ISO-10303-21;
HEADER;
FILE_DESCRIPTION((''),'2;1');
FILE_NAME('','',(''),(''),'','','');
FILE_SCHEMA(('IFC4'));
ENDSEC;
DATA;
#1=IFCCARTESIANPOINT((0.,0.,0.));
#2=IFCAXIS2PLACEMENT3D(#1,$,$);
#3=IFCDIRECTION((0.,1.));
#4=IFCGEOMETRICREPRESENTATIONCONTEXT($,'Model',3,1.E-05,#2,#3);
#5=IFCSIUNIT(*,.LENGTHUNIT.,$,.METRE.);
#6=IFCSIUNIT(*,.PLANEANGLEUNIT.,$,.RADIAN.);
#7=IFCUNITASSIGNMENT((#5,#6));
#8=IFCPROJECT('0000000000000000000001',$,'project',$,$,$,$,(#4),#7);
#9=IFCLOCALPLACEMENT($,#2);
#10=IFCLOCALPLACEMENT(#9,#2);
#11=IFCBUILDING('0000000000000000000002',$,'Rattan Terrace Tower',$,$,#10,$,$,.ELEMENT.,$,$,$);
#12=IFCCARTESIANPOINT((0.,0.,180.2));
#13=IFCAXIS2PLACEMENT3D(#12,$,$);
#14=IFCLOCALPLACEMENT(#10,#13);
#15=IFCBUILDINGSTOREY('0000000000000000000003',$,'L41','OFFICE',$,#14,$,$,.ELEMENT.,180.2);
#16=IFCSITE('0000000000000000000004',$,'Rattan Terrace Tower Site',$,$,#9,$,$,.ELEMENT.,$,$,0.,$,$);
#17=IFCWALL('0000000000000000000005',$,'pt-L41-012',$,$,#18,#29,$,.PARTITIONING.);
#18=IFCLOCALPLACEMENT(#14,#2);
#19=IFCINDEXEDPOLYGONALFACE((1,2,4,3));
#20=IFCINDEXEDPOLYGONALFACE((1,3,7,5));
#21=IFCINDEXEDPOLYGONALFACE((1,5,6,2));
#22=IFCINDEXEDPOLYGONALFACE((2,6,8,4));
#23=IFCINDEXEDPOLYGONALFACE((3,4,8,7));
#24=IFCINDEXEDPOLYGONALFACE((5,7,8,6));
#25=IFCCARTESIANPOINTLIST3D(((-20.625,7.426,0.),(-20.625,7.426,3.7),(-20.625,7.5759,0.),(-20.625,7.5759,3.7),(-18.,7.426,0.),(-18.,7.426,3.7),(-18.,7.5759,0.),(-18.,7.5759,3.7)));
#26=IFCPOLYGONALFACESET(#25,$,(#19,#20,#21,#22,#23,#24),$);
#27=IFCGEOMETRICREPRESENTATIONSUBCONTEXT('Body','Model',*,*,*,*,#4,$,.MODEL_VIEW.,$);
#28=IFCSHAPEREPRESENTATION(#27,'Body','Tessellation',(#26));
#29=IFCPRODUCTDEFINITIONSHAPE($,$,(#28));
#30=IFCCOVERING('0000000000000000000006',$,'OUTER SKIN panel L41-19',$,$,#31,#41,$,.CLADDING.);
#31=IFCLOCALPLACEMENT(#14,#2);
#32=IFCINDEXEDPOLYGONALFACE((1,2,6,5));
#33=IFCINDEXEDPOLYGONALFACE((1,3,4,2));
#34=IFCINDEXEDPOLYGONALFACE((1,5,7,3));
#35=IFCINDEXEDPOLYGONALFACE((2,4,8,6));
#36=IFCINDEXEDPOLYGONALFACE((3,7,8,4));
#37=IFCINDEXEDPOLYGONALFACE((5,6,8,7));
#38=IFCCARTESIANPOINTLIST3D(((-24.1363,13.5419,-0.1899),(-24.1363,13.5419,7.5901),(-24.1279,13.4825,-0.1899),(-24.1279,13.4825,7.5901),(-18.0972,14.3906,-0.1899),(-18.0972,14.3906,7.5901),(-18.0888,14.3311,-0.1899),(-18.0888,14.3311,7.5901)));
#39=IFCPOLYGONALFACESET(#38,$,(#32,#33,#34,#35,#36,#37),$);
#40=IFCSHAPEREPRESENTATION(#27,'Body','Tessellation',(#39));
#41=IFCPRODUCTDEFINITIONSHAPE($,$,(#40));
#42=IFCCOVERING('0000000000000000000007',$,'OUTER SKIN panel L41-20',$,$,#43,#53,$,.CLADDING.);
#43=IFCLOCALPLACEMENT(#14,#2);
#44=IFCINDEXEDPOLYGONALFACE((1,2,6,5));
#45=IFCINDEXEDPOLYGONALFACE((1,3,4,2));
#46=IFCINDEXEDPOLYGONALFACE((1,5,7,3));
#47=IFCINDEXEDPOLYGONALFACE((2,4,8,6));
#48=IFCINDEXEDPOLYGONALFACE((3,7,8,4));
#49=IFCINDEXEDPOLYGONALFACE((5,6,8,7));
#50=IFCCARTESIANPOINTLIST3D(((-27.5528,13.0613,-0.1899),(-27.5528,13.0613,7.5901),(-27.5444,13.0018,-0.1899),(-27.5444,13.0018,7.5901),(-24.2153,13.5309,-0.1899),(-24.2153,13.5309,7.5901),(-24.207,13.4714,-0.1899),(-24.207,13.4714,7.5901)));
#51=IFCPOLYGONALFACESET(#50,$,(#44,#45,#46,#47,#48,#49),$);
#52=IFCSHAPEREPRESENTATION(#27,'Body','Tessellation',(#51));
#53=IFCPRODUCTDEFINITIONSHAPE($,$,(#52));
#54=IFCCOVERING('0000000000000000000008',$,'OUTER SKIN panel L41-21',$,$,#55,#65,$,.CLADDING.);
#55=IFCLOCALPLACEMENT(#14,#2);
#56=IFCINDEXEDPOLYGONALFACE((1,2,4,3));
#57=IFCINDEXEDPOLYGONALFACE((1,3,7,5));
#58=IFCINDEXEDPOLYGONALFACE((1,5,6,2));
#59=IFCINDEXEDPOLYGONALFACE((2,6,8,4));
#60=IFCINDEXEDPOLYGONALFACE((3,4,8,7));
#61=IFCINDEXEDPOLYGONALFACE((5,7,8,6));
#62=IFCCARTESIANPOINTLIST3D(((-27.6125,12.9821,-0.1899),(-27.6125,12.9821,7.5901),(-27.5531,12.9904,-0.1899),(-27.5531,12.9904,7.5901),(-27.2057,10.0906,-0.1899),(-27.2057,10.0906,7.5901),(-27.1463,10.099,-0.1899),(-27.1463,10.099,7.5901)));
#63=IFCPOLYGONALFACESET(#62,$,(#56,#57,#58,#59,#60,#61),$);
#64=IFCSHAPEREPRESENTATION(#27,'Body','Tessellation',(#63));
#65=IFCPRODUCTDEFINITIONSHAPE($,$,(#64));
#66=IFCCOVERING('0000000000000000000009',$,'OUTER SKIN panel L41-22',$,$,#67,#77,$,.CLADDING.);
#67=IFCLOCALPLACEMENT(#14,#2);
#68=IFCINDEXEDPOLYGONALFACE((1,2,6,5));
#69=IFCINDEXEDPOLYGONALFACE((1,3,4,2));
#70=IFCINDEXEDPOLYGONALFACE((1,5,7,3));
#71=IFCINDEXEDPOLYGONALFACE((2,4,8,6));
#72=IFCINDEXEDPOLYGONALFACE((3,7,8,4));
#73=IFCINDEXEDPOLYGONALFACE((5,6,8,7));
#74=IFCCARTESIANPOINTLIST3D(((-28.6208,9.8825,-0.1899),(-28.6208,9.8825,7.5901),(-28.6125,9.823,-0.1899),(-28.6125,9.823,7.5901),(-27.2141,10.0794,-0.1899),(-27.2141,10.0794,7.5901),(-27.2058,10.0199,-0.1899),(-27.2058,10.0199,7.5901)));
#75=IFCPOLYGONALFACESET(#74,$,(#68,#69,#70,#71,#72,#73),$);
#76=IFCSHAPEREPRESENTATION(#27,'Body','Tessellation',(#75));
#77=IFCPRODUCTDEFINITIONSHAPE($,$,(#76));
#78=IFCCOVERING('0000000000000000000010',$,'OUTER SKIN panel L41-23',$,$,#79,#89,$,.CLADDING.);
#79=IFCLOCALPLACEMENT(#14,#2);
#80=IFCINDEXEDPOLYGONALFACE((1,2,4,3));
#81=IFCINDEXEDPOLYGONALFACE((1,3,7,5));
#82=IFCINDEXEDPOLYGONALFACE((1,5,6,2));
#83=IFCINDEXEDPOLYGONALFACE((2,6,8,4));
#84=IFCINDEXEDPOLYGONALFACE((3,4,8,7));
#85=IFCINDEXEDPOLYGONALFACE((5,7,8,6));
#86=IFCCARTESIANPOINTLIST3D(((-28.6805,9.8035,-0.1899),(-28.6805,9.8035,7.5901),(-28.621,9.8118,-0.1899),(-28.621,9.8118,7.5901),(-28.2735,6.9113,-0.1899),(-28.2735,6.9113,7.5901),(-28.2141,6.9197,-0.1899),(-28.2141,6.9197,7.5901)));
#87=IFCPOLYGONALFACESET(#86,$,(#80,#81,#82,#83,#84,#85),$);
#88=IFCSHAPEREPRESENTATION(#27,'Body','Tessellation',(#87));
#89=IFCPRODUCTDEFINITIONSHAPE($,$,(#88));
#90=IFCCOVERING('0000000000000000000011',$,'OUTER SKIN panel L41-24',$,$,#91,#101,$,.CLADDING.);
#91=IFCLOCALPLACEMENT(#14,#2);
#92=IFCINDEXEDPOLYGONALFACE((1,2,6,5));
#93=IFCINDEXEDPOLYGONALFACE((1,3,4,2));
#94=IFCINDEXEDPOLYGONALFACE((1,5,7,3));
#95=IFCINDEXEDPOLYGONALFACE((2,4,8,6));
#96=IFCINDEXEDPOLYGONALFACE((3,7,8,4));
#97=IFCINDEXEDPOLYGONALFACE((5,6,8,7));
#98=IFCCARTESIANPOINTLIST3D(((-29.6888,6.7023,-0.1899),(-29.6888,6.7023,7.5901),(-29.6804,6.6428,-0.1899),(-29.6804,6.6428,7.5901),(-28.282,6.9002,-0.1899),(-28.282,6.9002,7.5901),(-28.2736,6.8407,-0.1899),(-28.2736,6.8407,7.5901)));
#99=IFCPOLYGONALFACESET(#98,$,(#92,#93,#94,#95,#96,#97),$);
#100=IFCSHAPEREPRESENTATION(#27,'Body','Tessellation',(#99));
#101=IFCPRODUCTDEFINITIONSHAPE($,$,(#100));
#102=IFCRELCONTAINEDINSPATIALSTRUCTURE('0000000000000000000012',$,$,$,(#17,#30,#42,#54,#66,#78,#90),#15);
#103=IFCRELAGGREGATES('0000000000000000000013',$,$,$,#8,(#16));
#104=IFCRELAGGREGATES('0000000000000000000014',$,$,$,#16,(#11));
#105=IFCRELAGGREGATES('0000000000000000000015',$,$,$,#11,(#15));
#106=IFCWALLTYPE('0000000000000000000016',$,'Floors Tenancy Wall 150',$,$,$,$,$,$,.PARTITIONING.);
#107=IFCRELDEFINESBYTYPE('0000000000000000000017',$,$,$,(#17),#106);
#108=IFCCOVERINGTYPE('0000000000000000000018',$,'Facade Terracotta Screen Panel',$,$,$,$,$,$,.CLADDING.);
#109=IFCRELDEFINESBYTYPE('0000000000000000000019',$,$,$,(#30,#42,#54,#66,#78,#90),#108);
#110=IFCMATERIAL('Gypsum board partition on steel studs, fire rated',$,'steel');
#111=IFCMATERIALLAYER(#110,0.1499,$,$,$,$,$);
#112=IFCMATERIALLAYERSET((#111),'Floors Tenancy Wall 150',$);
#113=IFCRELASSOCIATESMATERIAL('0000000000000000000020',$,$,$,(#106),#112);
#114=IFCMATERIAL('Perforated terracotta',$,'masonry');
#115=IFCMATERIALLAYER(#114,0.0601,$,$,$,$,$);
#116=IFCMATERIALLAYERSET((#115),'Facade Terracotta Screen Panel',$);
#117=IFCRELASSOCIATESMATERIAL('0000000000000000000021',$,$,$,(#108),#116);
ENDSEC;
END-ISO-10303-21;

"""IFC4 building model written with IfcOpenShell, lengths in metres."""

from ifc_helpers import new_model, si_unit, direction, frame, frame_2d, origin, origin_2d, place, context, subcontext, project, spatial, rectangle, extrude, material, layer, layer_set, type_object, element, save


model = new_model("IFC4")

# Units and contexts
model_context = context("Model", 3, precision=1e-05, world=origin(), true_north=direction((0.0, 1.0)))
body_context = subcontext(model_context, "Body", "Model", "MODEL_VIEW")
ifc_project = project(units=[si_unit("LENGTHUNIT", "METRE"), si_unit("PLANEANGLEUNIT", "RADIAN")], contexts=[model_context])

# Site, building, storey
site_placement = place(None, origin())
site = spatial("IfcSite", under=ifc_project, at=site_placement, Name="Rattan Terrace Tower Site", CompositionType="ELEMENT", RefElevation=0.0)
building_placement = place(site_placement, origin())
building = spatial("IfcBuilding", under=site, at=building_placement, Name="Rattan Terrace Tower", CompositionType="ELEMENT")
storey_placement = place(building_placement, frame((0.0, 0.0, 180.2)))
storey = spatial("IfcBuildingStorey", under=building, at=storey_placement, Name="L41", Description="OFFICE", CompositionType="ELEMENT", Elevation=180.2)

# Wall
ifc_material_1 = material(Name="Gypsum board partition on steel studs, fire rated", Category="steel")
ifc_layer_1 = layer(ifc_material_1, 0.1499)
ifc_layer_set_1 = layer_set([ifc_layer_1], Name="Floors Tenancy Wall 150")
wall_type_1 = type_object("IfcWallType", Name="Floors Tenancy Wall 150", PredefinedType="PARTITIONING", material=ifc_layer_set_1)
wall_1_placement = place(storey_placement, frame((-20.625, 7.501, 0.0), z_axis=(0.0, 0.0, 1.0), x_axis=(1.0, 0.0, 0.0)))
element("IfcWall", 1, at=wall_1_placement, inside=storey, type_object=wall_type_1, Name="pt-L41-012", PredefinedType="PARTITIONING", context=body_context, shape_type="SweptSolid", body=[
    extrude(rectangle(XDim=2.625, YDim=0.1499, at=frame_2d((1.3125, 0.0))), origin(), (0.0, 0.0, 1.0), 3.7),
])

# Coverings
ifc_material_2 = material(Name="Perforated terracotta", Category="masonry")
ifc_layer_2 = layer(ifc_material_2, 0.0601)
ifc_layer_set_2 = layer_set([ifc_layer_2], Name="Facade Terracotta Screen Panel")
covering_type = type_object("IfcCoveringType", Name="Facade Terracotta Screen Panel", PredefinedType="CLADDING", material=ifc_layer_set_2)
covering_1_placement = place(storey_placement, frame((-21.1125, 13.9365, -0.1899), z_axis=(0.0, 0.0, 1.0), x_axis=(-0.99027, -0.139161, 0.0)))
element("IfcCovering", 2, at=covering_1_placement, inside=storey, type_object=covering_type, Name="OUTER SKIN panel L41-19", PredefinedType="CLADDING", context=body_context, shape_type="SweptSolid", body=[
    extrude(rectangle(XDim=6.0984, YDim=0.0601, at=origin_2d()), origin(), (0.0, 0.0, 1.0), 7.78),
])
covering_2_placement = place(storey_placement, frame((-25.8799, 13.2664, -0.1899), z_axis=(0.0, 0.0, 1.0), x_axis=(-0.990247, -0.139321, 0.0)))
element("IfcCovering", 3, at=covering_2_placement, inside=storey, type_object=covering_type, Name="OUTER SKIN panel L41-20", PredefinedType="CLADDING", context=body_context, shape_type="SweptSolid", body=[
    extrude(rectangle(XDim=3.3704, YDim=0.0601, at=origin_2d()), origin(), (0.0, 0.0, 1.0), 7.78),
])
covering_3_placement = place(storey_placement, frame((-27.3794, 11.5405, -0.1899), z_axis=(0.0, 0.0, 1.0), x_axis=(0.139321, -0.990247, 0.0)))
element("IfcCovering", 4, at=covering_3_placement, inside=storey, type_object=covering_type, Name="OUTER SKIN panel L41-21", PredefinedType="CLADDING", context=body_context, shape_type="SweptSolid", body=[
    extrude(rectangle(XDim=2.9199, YDim=0.0601, at=origin_2d()), origin(), (0.0, 0.0, 1.0), 7.78),
])
covering_4_placement = place(storey_placement, frame((-27.9133, 9.9512, -0.1899), z_axis=(0.0, 0.0, 1.0), x_axis=(-0.990345, -0.138622, 0.0)))
element("IfcCovering", 5, at=covering_4_placement, inside=storey, type_object=covering_type, Name="OUTER SKIN panel L41-22", PredefinedType="CLADDING", context=body_context, shape_type="SweptSolid", body=[
    extrude(rectangle(XDim=1.4204, YDim=0.0601, at=origin_2d()), origin(), (0.0, 0.0, 1.0), 7.78),
])
covering_5_placement = place(storey_placement, frame((-28.4473, 8.3616, -0.1899), z_axis=(0.0, 0.0, 1.0), x_axis=(0.139321, -0.990247, 0.0)))
element("IfcCovering", 6, at=covering_5_placement, inside=storey, type_object=covering_type, Name="OUTER SKIN panel L41-23", PredefinedType="CLADDING", context=body_context, shape_type="SweptSolid", body=[
    extrude(rectangle(XDim=2.9207, YDim=0.0601, at=origin_2d()), origin(), (0.0, 0.0, 1.0), 7.78),
])
covering_6_placement = place(storey_placement, frame((-28.9812, 6.7715, -0.1899), z_axis=(0.0, 0.0, 1.0), x_axis=(-0.990254, -0.139275, 0.0)))
element("IfcCovering", 7, at=covering_6_placement, inside=storey, type_object=covering_type, Name="OUTER SKIN panel L41-24", PredefinedType="CLADDING", context=body_context, shape_type="SweptSolid", body=[
    extrude(rectangle(XDim=1.4207, YDim=0.0601, at=origin_2d()), origin(), (0.0, 0.0, 1.0), 7.78),
])

save(model, "model.ifc")
